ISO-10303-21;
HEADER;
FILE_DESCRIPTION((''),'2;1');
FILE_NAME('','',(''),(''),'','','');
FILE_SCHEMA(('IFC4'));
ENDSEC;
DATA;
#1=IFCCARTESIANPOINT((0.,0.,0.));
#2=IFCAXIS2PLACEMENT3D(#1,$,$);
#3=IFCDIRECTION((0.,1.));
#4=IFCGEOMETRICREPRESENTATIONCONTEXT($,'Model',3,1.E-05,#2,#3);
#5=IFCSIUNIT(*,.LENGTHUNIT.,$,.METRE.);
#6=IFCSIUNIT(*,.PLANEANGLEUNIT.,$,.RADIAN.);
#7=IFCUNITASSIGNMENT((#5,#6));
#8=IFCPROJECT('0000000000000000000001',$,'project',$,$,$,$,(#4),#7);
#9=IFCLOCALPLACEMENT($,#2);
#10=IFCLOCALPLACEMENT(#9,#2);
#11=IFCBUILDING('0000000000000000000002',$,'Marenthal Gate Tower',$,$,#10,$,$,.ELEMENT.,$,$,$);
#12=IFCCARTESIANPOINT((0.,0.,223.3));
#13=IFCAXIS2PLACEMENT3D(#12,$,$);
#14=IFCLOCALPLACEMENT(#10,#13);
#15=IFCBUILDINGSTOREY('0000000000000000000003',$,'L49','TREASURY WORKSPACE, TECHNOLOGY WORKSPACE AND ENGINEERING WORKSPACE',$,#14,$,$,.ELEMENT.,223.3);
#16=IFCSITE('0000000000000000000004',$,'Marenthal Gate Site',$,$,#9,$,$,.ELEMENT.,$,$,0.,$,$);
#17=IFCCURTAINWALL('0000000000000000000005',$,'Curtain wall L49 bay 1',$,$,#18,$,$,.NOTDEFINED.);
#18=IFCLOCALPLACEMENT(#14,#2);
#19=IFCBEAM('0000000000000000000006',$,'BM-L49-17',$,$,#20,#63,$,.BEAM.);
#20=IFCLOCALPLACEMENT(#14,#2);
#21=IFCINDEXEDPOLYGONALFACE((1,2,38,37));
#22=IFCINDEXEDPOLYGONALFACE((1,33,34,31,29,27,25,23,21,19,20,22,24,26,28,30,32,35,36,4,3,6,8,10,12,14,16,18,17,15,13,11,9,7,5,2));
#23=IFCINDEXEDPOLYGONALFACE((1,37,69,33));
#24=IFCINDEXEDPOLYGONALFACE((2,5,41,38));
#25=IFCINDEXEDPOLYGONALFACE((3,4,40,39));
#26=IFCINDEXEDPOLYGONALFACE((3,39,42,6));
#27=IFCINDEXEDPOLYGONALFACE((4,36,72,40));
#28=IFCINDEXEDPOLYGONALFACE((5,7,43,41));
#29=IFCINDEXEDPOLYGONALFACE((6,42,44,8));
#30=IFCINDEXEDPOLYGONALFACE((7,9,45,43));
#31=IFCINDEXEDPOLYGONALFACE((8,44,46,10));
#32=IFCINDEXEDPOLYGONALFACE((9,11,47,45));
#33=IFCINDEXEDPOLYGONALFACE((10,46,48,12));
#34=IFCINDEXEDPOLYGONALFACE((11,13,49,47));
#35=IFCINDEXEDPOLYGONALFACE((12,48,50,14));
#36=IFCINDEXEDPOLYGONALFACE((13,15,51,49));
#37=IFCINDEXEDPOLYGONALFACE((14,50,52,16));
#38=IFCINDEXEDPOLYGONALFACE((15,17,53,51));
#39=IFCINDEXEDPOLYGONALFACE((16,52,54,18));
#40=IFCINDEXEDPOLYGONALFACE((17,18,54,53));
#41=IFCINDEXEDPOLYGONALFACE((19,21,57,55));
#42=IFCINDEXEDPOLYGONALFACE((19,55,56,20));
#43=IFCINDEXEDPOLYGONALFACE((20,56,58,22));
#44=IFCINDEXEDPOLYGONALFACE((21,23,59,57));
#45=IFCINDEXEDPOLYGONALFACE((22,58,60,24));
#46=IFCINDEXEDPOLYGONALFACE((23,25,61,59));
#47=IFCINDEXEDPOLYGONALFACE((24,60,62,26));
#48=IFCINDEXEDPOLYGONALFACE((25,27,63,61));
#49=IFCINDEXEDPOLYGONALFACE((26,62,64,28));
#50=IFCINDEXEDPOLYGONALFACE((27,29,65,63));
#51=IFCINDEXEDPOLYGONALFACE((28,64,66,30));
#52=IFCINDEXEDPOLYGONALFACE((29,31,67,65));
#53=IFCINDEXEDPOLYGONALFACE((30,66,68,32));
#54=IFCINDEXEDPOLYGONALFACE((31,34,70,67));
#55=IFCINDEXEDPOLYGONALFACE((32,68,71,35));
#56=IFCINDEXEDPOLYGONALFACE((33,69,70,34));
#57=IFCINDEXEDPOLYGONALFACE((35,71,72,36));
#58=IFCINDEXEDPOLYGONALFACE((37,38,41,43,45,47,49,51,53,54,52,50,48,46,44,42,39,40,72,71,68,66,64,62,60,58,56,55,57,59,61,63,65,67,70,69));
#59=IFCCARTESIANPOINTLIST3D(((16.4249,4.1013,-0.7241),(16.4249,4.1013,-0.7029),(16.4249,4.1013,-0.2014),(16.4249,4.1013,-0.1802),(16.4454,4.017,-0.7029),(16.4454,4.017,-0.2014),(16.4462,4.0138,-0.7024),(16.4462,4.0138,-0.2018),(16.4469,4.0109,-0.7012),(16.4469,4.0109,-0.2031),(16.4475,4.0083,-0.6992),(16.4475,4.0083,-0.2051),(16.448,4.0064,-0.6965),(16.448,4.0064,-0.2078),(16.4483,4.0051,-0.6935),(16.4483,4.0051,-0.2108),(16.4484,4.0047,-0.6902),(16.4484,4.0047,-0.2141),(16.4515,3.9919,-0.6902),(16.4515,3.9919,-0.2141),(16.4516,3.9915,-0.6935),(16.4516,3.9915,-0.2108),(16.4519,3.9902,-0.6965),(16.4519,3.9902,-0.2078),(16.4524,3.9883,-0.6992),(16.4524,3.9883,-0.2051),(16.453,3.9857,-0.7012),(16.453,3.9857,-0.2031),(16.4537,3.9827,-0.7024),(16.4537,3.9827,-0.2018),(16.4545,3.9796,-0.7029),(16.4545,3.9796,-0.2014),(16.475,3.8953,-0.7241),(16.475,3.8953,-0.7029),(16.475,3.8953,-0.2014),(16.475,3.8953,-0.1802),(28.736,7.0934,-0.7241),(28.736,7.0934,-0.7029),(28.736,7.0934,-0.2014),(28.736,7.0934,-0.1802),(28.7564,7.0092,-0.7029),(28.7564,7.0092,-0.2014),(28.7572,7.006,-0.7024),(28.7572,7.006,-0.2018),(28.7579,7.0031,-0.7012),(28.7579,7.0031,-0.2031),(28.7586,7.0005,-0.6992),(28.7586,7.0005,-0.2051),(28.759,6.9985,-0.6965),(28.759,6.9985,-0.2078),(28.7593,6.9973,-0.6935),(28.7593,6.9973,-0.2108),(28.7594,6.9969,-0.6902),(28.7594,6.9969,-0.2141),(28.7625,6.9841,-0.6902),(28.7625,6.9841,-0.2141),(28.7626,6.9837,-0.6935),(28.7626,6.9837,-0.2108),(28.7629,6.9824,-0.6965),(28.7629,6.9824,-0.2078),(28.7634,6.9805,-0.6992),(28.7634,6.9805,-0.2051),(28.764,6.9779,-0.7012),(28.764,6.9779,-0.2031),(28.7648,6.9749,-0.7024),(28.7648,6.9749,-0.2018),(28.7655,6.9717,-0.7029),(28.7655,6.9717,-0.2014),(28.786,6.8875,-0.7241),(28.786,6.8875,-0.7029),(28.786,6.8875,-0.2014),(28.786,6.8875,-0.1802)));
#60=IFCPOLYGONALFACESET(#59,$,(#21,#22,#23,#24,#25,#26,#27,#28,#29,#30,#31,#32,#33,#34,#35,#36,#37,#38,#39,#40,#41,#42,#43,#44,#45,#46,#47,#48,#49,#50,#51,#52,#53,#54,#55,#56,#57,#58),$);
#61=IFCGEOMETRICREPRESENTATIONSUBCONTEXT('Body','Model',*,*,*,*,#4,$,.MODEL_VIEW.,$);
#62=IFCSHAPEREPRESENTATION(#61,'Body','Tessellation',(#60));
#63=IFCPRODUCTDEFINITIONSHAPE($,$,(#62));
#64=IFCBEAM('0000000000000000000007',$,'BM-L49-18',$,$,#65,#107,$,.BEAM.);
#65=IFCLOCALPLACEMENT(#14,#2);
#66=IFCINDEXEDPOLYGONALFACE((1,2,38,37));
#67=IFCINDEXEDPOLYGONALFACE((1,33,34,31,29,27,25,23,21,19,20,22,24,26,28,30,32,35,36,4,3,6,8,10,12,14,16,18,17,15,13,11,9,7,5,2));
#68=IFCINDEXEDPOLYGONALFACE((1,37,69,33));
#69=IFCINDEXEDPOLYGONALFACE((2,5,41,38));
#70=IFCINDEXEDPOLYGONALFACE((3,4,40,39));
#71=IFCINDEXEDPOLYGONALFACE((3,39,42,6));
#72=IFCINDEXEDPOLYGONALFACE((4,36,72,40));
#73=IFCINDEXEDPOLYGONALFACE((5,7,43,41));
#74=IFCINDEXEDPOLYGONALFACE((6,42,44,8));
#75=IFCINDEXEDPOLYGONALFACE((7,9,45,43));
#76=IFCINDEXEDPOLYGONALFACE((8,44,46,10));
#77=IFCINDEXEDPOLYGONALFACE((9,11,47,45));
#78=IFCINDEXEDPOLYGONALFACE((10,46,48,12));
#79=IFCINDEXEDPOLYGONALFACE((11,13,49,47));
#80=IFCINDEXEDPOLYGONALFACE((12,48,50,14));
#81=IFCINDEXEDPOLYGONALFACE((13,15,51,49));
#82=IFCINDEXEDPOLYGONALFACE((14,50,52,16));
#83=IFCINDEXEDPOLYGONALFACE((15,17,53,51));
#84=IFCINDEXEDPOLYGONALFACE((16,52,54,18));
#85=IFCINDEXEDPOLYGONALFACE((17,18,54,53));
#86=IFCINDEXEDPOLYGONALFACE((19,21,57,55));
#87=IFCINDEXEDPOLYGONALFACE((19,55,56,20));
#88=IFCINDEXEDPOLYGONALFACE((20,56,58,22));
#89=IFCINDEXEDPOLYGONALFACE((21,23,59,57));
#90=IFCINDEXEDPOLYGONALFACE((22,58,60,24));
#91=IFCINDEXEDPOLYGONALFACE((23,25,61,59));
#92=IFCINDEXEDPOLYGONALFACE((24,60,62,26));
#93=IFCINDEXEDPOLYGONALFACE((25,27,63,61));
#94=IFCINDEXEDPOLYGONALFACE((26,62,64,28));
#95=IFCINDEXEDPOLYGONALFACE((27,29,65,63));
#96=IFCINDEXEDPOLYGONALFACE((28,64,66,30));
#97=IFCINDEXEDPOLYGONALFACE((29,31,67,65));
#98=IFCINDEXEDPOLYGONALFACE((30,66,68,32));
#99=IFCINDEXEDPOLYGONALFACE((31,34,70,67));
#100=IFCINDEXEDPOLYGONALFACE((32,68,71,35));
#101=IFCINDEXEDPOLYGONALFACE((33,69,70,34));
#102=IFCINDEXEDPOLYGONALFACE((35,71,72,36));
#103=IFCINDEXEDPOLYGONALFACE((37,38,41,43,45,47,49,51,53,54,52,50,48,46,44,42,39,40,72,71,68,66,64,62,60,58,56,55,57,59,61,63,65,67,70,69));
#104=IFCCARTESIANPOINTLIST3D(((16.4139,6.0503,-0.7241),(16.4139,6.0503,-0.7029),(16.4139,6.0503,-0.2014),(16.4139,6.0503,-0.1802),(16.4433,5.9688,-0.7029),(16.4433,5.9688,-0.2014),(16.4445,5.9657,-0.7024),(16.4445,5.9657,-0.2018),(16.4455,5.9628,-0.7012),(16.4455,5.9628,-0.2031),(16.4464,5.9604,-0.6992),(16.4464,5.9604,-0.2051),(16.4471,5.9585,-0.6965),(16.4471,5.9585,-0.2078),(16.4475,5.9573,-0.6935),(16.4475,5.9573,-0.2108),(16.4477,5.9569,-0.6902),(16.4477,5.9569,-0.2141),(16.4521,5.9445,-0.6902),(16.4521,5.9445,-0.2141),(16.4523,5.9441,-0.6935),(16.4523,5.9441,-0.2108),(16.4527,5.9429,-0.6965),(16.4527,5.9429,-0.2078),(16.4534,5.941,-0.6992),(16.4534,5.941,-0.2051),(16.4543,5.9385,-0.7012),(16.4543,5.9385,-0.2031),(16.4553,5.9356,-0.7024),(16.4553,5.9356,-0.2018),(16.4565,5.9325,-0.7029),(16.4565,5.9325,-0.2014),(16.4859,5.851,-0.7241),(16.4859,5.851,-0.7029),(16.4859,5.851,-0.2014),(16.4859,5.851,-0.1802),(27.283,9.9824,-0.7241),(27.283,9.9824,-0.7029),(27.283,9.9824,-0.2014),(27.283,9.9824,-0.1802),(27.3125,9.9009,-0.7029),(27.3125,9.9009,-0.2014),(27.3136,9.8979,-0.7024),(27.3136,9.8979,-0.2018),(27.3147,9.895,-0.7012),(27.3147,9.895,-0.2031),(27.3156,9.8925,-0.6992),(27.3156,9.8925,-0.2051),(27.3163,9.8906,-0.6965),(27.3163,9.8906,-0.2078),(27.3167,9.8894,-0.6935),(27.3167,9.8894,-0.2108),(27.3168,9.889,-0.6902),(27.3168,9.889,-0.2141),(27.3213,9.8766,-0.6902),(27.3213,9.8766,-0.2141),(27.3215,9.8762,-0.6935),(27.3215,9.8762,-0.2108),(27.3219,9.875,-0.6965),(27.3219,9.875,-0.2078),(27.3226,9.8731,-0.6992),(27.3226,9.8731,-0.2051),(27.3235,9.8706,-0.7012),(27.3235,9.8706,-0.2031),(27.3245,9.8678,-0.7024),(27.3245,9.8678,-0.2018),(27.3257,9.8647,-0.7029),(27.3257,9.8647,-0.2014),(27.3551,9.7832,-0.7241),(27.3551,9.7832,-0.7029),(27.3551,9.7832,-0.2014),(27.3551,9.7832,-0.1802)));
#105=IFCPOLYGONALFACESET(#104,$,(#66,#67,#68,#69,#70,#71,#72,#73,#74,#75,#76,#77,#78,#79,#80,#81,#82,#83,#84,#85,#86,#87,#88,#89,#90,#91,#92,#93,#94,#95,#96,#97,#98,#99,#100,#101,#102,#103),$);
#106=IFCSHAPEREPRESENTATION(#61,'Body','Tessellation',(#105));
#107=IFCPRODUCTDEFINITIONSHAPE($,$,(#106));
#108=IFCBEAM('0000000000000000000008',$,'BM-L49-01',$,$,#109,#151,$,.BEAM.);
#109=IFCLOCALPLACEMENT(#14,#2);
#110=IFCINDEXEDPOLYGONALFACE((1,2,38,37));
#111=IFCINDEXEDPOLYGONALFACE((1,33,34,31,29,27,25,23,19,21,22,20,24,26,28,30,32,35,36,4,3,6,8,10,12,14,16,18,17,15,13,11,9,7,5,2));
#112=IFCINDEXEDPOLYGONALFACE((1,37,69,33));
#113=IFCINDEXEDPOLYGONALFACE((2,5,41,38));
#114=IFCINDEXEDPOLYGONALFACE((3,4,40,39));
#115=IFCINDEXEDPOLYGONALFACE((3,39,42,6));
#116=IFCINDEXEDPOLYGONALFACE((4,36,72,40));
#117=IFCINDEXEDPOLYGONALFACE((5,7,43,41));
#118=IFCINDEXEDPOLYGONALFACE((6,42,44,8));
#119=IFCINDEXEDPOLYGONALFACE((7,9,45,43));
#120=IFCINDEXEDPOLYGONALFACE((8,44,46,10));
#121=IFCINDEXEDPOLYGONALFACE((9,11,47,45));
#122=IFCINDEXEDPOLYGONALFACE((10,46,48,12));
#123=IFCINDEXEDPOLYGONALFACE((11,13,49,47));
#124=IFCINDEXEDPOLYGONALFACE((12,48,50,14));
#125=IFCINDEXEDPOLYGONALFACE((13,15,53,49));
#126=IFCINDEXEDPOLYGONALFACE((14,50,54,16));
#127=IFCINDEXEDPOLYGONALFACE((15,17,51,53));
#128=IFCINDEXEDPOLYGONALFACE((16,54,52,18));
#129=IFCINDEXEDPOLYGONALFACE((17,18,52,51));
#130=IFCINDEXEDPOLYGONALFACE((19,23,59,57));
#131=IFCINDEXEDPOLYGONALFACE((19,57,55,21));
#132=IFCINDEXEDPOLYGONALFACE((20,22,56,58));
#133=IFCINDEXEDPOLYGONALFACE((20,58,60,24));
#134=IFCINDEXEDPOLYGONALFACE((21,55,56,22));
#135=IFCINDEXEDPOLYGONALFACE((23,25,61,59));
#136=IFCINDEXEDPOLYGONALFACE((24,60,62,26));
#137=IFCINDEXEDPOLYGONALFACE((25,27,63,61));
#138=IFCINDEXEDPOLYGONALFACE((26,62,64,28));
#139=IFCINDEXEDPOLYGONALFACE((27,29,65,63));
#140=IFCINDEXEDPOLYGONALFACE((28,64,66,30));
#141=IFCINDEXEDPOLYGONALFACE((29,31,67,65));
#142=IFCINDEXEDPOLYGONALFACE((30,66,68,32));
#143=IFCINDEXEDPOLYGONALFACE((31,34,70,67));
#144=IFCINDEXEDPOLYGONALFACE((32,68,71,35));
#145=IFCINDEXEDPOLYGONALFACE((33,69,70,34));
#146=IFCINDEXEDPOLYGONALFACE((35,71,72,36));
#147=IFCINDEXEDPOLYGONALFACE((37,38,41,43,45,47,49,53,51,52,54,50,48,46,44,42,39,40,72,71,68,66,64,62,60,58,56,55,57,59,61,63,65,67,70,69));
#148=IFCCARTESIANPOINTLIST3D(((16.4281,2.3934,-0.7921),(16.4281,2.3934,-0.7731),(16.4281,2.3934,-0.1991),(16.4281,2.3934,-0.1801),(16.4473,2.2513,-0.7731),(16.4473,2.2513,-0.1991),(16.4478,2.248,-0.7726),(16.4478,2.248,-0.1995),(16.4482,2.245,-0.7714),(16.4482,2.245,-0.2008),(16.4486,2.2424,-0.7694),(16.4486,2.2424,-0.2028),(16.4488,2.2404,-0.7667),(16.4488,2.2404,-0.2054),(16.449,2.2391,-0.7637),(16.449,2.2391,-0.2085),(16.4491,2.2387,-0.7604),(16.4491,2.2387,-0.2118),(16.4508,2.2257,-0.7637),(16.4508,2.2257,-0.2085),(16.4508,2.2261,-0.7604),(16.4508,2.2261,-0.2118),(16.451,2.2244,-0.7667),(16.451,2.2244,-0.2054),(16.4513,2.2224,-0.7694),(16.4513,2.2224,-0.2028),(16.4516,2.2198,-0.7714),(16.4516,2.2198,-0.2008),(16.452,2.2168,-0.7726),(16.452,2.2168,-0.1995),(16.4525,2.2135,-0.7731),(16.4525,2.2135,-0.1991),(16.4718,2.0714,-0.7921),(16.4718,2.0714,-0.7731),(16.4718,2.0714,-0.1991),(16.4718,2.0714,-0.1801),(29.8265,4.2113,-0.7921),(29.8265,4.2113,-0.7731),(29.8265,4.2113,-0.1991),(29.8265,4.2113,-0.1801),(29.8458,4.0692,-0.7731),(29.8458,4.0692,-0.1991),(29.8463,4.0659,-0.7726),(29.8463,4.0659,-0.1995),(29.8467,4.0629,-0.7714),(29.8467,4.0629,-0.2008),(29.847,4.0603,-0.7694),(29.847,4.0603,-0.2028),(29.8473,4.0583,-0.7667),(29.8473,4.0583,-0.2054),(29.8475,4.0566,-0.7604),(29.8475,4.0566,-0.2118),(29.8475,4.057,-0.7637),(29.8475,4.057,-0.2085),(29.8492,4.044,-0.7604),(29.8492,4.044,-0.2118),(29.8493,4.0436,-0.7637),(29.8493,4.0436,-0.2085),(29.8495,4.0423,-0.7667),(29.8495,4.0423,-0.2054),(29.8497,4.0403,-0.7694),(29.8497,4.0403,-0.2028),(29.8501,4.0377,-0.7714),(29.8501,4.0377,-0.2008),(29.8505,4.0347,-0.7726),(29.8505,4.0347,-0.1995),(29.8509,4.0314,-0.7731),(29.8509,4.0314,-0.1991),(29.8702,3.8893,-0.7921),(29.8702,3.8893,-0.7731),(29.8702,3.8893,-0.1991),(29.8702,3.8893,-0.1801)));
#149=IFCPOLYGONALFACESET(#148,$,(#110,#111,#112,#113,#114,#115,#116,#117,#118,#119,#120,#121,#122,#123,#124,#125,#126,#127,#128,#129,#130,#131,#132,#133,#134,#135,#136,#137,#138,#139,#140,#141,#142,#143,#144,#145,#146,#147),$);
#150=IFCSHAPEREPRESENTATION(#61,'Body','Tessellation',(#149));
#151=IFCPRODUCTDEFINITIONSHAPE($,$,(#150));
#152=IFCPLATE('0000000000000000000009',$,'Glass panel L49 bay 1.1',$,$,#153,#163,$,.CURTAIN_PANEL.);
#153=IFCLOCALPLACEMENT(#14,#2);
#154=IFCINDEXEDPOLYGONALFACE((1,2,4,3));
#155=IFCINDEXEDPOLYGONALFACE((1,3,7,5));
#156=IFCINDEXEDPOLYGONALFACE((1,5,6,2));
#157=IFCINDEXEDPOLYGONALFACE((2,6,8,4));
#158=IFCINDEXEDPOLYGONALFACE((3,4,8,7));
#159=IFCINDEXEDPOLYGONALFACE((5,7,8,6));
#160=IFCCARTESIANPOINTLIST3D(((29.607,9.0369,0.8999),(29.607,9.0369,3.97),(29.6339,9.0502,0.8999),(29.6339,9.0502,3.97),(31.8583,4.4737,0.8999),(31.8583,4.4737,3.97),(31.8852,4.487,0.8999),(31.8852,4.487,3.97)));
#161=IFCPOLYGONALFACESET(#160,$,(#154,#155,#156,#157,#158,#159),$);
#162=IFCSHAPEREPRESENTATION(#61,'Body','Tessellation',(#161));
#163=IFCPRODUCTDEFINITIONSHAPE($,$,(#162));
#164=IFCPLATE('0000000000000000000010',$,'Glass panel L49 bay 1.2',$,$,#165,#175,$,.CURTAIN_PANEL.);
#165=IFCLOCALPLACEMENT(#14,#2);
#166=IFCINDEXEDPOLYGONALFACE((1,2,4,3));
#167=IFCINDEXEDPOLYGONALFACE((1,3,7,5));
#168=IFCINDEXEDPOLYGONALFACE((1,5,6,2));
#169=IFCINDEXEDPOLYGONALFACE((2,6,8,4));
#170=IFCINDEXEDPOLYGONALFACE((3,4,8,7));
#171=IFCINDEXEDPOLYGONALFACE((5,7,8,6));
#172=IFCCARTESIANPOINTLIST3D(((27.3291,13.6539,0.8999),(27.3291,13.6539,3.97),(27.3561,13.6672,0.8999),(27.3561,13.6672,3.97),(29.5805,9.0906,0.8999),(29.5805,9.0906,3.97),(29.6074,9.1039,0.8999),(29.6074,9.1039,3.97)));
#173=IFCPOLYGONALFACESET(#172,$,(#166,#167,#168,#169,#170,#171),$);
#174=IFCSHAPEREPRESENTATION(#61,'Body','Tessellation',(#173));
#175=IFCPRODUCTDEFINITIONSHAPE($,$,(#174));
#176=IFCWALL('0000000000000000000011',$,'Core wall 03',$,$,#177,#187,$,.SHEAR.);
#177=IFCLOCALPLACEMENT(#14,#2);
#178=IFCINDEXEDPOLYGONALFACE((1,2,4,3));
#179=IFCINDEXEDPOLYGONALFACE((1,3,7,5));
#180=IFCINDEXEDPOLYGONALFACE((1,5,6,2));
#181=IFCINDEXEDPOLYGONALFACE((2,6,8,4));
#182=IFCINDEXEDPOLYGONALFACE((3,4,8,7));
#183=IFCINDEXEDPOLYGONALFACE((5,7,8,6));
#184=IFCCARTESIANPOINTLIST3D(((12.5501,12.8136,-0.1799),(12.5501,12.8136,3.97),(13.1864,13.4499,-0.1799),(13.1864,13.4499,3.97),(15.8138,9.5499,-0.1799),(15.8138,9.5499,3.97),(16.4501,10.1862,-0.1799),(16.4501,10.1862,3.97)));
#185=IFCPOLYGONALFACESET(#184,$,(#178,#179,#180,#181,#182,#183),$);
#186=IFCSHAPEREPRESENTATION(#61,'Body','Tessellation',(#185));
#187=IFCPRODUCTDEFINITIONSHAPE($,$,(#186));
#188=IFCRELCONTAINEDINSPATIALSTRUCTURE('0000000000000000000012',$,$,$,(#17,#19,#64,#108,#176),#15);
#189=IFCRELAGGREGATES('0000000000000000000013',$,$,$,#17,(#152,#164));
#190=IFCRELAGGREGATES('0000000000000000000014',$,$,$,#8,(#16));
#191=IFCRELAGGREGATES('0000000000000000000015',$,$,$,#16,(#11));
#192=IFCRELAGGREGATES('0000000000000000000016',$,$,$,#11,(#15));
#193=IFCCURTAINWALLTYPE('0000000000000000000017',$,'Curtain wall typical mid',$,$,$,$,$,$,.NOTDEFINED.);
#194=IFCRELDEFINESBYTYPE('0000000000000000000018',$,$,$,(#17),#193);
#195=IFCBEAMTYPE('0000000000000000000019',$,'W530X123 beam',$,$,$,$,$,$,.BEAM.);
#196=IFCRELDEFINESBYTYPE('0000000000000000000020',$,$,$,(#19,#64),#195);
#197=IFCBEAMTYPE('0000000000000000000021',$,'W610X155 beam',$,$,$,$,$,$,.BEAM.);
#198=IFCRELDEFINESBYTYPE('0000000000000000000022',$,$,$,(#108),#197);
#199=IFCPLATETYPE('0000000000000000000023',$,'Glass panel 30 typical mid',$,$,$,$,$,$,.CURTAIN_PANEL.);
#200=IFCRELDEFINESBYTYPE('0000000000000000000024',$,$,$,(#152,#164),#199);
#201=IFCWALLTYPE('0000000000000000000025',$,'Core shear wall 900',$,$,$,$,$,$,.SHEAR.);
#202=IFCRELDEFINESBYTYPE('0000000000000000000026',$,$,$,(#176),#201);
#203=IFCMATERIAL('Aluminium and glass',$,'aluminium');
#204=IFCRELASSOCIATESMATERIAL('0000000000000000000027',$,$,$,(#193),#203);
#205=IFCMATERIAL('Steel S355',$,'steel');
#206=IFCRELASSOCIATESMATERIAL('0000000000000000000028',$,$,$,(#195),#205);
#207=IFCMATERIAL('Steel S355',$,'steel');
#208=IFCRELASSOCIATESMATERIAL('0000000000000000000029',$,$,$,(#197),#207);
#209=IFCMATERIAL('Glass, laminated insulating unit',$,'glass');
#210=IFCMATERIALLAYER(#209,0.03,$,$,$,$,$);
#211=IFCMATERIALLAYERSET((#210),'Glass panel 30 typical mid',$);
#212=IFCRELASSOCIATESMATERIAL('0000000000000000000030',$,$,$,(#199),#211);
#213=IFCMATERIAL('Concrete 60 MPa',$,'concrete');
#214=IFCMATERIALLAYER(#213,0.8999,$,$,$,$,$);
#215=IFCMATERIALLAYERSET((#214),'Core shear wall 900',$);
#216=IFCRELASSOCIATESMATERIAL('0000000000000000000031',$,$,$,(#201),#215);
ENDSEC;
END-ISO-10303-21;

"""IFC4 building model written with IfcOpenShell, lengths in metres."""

from ifc_helpers import new_model, si_unit, direction, frame, frame_2d, origin, origin_2d, place, context, subcontext, project, spatial, rectangle, i_section, extrude, material, layer, layer_set, material_profile, profile_set, type_object, element, aggregate, save


model = new_model("IFC4")

# Units and contexts
model_context = context("Model", 3, precision=1e-05, world=origin(), true_north=direction((0.0, 1.0)))
body_context = subcontext(model_context, "Body", "Model", "MODEL_VIEW")
ifc_project = project(units=[si_unit("LENGTHUNIT", "METRE"), si_unit("PLANEANGLEUNIT", "RADIAN")], contexts=[model_context])

# Site, building, storey
site_placement = place(None, origin())
site = spatial("IfcSite", under=ifc_project, at=site_placement, Name="Marenthal Gate Site", CompositionType="ELEMENT", RefElevation=0.0)
building_placement = place(site_placement, origin())
building = spatial("IfcBuilding", under=site, at=building_placement, Name="Marenthal Gate Tower", CompositionType="ELEMENT")
storey_placement = place(building_placement, frame((0.0, 0.0, 223.3)))
storey = spatial("IfcBuildingStorey", under=building, at=storey_placement, Name="L49", Description="TREASURY WORKSPACE, TECHNOLOGY WORKSPACE AND ENGINEERING WORKSPACE", CompositionType="ELEMENT", Elevation=223.3)

# Curtain wall
ifc_material_1 = material(Name="Aluminium and glass", Category="aluminium")
curtain_wall_type = type_object("IfcCurtainWallType", Name="Curtain wall typical mid", PredefinedType="NOTDEFINED", material=ifc_material_1)
curtain_wall_placement = place(storey_placement, origin())
curtain_wall = element("IfcCurtainWall", 1, at=curtain_wall_placement, inside=storey, type_object=curtain_wall_type, Name="Curtain wall L49 bay 1", PredefinedType="NOTDEFINED")

# Beams
ifc_material_2 = material(Name="Steel S355", Category="steel")
ifc_material_profile_1 = material_profile(ifc_material_2, i_section(OverallWidth=0.2119, OverallDepth=0.5439, WebThickness=0.0132, FlangeThickness=0.0212, FilletRadius=0.0127, at=origin_2d()), Name="W530X123")
ifc_profile_set_1 = profile_set([ifc_material_profile_1], Name="Steel S355")
beam_type_1 = type_object("IfcBeamType", Name="W530X123 beam", PredefinedType="BEAM", material=ifc_profile_set_1)
beam_1_placement = place(storey_placement, frame((28.761, 6.9905, -0.4521), z_axis=(-0.971711, -0.236174, 0.0), x_axis=(0.236174, -0.971711, 0.0)))
element("IfcBeam", 2, at=beam_1_placement, inside=storey, type_object=beam_type_1, Name="BM-L49-17", PredefinedType="BEAM", context=body_context, shape_type="SweptSolid", body=[
    extrude(i_section(OverallWidth=0.2119, OverallDepth=0.5439, WebThickness=0.0132, FlangeThickness=0.0212, FilletRadius=0.0127, at=origin_2d()), origin(), (0.0, 0.0, 1.0), 12.6694),
])
beam_2_placement = place(storey_placement, frame((27.3191, 9.8828, -0.4521), z_axis=(-0.940356, -0.340193, 0.0), x_axis=(0.340193, -0.940356, 0.0)))
element("IfcBeam", 3, at=beam_2_placement, inside=storey, type_object=beam_type_1, Name="BM-L49-18", PredefinedType="BEAM", context=body_context, shape_type="SweptSolid", body=[
    extrude(i_section(OverallWidth=0.2119, OverallDepth=0.5439, WebThickness=0.0132, FlangeThickness=0.0212, FilletRadius=0.0127, at=origin_2d()), origin(), (0.0, 0.0, 1.0), 11.5586),
])
ifc_material_3 = material(Name="Steel S355", Category="steel")
ifc_material_profile_2 = material_profile(ifc_material_3, i_section(OverallWidth=0.325, OverallDepth=0.6121, WebThickness=0.0127, FlangeThickness=0.019, FilletRadius=0.0127, at=origin_2d()), Name="W610X155")
ifc_profile_set_2 = profile_set([ifc_material_profile_2], Name="Steel S355")
beam_type_2 = type_object("IfcBeamType", Name="W610X155 beam", PredefinedType="BEAM", material=ifc_profile_set_2)
beam_3_placement = place(storey_placement, frame((29.8484, 4.0503, -0.4861), z_axis=(-0.990921, -0.134446, 0.0), x_axis=(0.134446, -0.990921, 0.0)))
element("IfcBeam", 4, at=beam_3_placement, inside=storey, type_object=beam_type_2, Name="BM-L49-01", PredefinedType="BEAM", context=body_context, shape_type="SweptSolid", body=[
    extrude(i_section(OverallWidth=0.325, OverallDepth=0.6121, WebThickness=0.0127, FlangeThickness=0.019, FilletRadius=0.0127, at=origin_2d()), origin(), (0.0, 0.0, 1.0), 13.5212),
])

# Plates
ifc_material_4 = material(Name="Glass, laminated insulating unit", Category="glass")
ifc_layer_1 = layer(ifc_material_4, 0.03)
ifc_layer_set_1 = layer_set([ifc_layer_1], Name="Glass panel 30 typical mid")
plate_type = type_object("IfcPlateType", Name="Glass panel 30 typical mid", PredefinedType="CURTAIN_PANEL", material=ifc_layer_set_1)
plate_1_placement = place(storey_placement, frame((30.7461, 6.762, 0.8999), z_axis=(0.0, 0.0, 1.0), x_axis=(-0.442441, 0.896798, 0.0)))
plate_1 = element("IfcPlate", 5, at=plate_1_placement, type_object=plate_type, Name="Glass panel L49 bay 1.1", PredefinedType="CURTAIN_PANEL", context=body_context, shape_type="SweptSolid", body=[
    extrude(rectangle(XDim=5.0884, YDim=0.03, at=origin_2d()), origin(), (0.0, 0.0, 1.0), 3.0701),
])
plate_2_placement = place(storey_placement, frame((28.4683, 11.3789, 0.8999), z_axis=(0.0, 0.0, 1.0), x_axis=(-0.442441, 0.896798, 0.0)))
plate_2 = element("IfcPlate", 6, at=plate_2_placement, type_object=plate_type, Name="Glass panel L49 bay 1.2", PredefinedType="CURTAIN_PANEL", context=body_context, shape_type="SweptSolid", body=[
    extrude(rectangle(XDim=5.0884, YDim=0.03, at=origin_2d()), origin(), (0.0, 0.0, 1.0), 3.0701),
])
aggregate(curtain_wall, [plate_1, plate_2])

# Wall
ifc_material_5 = material(Name="Concrete 60 MPa", Category="concrete")
ifc_layer_2 = layer(ifc_material_5, 0.8999)
ifc_layer_set_2 = layer_set([ifc_layer_2], Name="Core shear wall 900")
wall_type_1 = type_object("IfcWallType", Name="Core shear wall 900", PredefinedType="SHEAR", material=ifc_layer_set_2)
wall_1_placement = place(storey_placement, frame((16.1318, 9.8682, -0.1799), z_axis=(0.0, 0.0, 1.0), x_axis=(-0.707107, 0.707107, 0.0)))
element("IfcWall", 7, at=wall_1_placement, inside=storey, type_object=wall_type_1, Name="Core wall 03", PredefinedType="SHEAR", context=body_context, shape_type="SweptSolid", body=[
    extrude(rectangle(XDim=4.6155, YDim=0.8999, at=frame_2d((2.3076, 0.0))), origin(), (0.0, 0.0, 1.0), 4.1499),
])

save(model, "model.ifc")
